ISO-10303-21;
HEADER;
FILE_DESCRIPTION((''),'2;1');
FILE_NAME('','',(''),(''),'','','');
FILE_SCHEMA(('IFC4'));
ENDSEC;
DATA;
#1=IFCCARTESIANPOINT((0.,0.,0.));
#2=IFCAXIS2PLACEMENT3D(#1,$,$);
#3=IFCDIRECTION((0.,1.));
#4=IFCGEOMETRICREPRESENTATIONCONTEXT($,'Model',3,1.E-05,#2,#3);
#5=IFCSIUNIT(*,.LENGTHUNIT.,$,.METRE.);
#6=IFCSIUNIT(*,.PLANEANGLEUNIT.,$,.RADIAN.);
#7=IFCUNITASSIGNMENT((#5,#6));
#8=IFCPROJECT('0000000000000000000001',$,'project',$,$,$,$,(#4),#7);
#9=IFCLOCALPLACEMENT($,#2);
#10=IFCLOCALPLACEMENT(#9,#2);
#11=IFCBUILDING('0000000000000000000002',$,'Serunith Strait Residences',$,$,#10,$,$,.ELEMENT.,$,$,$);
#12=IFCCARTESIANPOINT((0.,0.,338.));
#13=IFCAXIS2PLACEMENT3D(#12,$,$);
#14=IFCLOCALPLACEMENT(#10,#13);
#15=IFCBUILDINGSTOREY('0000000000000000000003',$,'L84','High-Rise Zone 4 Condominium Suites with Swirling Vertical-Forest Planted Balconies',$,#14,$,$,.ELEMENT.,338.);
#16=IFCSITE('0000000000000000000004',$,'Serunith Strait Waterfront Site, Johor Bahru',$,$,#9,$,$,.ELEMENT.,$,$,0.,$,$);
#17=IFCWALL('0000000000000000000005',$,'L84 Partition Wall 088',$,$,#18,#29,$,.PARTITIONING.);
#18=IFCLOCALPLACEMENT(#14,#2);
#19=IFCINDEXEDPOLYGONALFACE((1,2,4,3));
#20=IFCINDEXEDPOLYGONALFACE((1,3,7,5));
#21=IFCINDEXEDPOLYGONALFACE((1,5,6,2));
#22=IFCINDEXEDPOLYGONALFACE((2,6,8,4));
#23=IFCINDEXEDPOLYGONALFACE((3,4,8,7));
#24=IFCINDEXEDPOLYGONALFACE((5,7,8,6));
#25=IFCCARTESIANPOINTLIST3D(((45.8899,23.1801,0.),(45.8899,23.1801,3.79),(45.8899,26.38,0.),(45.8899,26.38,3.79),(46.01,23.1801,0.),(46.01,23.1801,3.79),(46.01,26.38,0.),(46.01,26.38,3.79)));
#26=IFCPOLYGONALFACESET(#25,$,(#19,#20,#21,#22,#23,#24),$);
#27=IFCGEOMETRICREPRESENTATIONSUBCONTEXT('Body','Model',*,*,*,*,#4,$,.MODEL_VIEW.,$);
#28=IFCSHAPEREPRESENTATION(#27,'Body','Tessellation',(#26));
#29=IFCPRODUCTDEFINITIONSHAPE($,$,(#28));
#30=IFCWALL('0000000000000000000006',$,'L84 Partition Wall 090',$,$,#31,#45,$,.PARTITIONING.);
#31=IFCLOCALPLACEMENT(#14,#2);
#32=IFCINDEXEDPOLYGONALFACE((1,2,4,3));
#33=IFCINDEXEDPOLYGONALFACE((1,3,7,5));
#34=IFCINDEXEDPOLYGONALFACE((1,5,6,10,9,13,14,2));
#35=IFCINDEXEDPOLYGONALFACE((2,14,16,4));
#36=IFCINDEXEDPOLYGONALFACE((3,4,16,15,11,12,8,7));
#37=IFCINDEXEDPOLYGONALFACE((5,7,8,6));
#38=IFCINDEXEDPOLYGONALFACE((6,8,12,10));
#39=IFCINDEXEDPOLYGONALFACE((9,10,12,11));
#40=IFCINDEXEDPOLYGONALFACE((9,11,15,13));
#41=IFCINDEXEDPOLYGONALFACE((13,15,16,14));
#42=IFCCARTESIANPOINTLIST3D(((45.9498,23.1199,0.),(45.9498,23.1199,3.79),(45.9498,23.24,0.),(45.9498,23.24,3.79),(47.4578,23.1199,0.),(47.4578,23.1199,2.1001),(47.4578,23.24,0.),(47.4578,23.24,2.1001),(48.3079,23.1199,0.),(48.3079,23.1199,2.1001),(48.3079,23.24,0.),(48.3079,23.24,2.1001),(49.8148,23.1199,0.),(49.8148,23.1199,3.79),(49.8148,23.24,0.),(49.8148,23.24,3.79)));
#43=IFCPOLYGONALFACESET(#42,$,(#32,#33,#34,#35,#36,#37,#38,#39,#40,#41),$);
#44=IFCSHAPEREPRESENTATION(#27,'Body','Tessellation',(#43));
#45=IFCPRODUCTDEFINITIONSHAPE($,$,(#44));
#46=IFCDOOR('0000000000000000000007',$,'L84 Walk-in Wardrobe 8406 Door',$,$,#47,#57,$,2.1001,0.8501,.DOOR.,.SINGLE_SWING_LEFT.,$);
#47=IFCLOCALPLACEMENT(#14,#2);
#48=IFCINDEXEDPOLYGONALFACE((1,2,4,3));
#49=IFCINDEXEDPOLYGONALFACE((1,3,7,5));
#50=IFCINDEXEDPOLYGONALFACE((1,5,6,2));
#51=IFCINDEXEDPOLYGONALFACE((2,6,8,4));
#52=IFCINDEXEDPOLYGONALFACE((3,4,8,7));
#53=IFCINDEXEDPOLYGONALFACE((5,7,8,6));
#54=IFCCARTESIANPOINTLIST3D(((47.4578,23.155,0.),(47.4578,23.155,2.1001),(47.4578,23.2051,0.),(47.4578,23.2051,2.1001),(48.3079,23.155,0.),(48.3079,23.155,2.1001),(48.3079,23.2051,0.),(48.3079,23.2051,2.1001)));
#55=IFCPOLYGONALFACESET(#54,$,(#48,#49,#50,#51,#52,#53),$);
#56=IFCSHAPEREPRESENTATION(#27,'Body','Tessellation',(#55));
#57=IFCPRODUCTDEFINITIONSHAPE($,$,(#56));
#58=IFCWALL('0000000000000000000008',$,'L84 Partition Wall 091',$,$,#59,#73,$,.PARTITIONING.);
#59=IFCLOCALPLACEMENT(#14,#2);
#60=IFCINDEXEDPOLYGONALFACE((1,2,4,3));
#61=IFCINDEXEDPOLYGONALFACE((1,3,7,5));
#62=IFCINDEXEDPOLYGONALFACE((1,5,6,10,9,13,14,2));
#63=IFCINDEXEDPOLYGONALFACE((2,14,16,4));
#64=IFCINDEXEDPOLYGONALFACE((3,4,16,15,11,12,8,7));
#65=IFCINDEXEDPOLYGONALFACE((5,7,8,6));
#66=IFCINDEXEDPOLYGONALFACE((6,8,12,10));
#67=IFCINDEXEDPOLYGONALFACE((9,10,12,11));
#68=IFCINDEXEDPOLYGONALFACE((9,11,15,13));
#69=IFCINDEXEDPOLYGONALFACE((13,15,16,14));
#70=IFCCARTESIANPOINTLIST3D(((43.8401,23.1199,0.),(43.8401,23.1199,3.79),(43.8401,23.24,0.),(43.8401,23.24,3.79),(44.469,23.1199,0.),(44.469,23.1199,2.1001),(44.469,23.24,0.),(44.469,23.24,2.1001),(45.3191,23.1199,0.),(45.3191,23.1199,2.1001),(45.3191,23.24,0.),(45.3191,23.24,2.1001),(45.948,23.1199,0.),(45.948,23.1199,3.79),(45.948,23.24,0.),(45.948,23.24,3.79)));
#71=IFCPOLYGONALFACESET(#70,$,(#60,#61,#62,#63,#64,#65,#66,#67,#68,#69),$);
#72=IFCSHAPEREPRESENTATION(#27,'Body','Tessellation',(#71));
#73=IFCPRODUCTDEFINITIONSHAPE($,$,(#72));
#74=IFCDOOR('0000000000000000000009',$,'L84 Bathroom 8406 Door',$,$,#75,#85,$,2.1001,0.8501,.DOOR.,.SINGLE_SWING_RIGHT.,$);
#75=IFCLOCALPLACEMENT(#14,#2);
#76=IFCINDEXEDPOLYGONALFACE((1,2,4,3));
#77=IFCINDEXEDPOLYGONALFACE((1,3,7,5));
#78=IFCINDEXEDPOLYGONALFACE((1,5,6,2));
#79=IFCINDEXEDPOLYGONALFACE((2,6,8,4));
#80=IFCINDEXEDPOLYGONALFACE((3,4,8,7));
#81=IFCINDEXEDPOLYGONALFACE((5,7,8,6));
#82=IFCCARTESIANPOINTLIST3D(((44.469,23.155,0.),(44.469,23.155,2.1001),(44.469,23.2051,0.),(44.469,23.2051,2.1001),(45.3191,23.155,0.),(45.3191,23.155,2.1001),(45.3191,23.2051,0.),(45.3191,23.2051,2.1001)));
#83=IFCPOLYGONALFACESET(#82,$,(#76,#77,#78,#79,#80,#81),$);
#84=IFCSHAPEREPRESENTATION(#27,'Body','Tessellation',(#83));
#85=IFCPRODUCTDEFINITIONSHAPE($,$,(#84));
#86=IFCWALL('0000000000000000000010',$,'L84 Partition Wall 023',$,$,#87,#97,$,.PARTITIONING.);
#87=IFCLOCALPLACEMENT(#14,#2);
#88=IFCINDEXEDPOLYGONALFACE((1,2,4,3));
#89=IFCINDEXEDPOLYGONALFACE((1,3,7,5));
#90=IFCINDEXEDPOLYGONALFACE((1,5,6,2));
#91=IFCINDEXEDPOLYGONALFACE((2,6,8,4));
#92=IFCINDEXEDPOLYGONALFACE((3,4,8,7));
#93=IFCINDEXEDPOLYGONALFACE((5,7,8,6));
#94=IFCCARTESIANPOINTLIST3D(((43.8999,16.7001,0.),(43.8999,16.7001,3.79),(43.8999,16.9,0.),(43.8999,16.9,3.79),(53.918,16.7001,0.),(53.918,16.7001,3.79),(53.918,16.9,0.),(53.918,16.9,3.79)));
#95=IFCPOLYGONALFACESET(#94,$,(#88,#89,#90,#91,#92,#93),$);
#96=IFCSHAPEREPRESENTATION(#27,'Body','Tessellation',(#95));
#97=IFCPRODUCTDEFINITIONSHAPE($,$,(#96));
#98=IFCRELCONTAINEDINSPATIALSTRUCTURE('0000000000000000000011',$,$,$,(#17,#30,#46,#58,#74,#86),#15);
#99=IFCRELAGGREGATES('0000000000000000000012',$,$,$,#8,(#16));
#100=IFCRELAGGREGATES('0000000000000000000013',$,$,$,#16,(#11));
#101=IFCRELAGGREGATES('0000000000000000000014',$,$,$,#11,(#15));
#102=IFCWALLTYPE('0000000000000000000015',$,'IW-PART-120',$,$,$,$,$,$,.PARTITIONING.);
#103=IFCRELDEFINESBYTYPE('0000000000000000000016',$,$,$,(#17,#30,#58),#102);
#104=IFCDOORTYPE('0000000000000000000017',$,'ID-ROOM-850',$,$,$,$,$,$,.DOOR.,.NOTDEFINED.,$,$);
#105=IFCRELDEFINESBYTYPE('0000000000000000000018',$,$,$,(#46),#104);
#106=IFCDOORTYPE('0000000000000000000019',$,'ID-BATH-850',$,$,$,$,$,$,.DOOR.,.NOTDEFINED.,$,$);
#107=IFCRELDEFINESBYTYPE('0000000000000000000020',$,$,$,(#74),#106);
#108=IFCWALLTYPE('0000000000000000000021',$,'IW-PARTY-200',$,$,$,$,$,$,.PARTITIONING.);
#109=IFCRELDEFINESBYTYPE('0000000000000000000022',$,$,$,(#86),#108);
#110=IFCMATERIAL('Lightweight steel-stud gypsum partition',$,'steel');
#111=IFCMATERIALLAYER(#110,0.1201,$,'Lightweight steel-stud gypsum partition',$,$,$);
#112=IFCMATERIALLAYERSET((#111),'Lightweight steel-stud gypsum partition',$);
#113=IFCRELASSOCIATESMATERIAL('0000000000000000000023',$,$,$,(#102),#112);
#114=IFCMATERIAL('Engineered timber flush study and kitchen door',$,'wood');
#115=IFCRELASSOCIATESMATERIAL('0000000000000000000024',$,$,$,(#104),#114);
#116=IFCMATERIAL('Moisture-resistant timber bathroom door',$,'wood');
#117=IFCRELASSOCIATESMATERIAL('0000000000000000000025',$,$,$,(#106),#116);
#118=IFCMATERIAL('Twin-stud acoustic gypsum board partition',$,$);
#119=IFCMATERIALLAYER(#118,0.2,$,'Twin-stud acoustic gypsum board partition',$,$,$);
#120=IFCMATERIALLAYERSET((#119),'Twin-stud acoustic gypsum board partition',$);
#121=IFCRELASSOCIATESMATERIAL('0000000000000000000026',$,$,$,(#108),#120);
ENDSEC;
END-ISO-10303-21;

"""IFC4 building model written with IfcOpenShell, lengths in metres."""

from ifc_helpers import new_model, si_unit, direction, frame, frame_2d, origin, place, context, subcontext, project, spatial, rectangle, extrude, source, transform, mapped, material, layer, layer_set, type_object, element, fill, save


model = new_model("IFC4")

# Units and contexts
model_context = context("Model", 3, precision=1e-05, world=origin(), true_north=direction((0.0, 1.0)))
body_context = subcontext(model_context, "Body", "Model", "MODEL_VIEW")
ifc_project = project(units=[si_unit("LENGTHUNIT", "METRE"), si_unit("PLANEANGLEUNIT", "RADIAN")], contexts=[model_context])

# Site, building, storey
site_placement = place(None, origin())
site = spatial("IfcSite", under=ifc_project, at=site_placement, Name="Serunith Strait Waterfront Site, Johor Bahru", CompositionType="ELEMENT", RefElevation=0.0)
building_placement = place(site_placement, origin())
building = spatial("IfcBuilding", under=site, at=building_placement, Name="Serunith Strait Residences", CompositionType="ELEMENT")
storey_placement = place(building_placement, frame((0.0, 0.0, 338.0)))
storey = spatial("IfcBuildingStorey", under=building, at=storey_placement, Name="L84", Description="High-Rise Zone 4 Condominium Suites with Swirling Vertical-Forest Planted Balconies", CompositionType="ELEMENT", Elevation=338.0)

# Shared definitions
ifc_material_1 = material(Name="Lightweight steel-stud gypsum partition", Category="steel")
ifc_layer_1 = layer(ifc_material_1, 0.1201, Name="Lightweight steel-stud gypsum partition")
ifc_layer_set_1 = layer_set([ifc_layer_1], Name="Lightweight steel-stud gypsum partition")
wall_type_1 = type_object("IfcWallType", Name="IW-PART-120", PredefinedType="PARTITIONING", material=ifc_layer_set_1)

# Shared definitions
ifc_material_2 = material(Name="Engineered timber flush study and kitchen door", Category="wood")
door_type_1 = type_object("IfcDoorType", Name="ID-ROOM-850", OperationType="NOTDEFINED", PredefinedType="DOOR", material=ifc_material_2)
shared_shape_1 = source(origin(), body_context, "Body", "SweptSolid", [
    extrude(rectangle(XDim=0.8501, YDim=2.1001, at=frame_2d((0.425, 1.05))), frame((0.0, 0.0249, 0.0), z_axis=(0.0, -1.0, 0.0), x_axis=(1.0, 0.0, 0.0)), (0.0, 0.0, 1.0), 0.05),
])

# Wall
wall_1_placement = place(storey_placement, frame((45.95, 23.1799, 0.0), z_axis=(0.0, 0.0, 1.0), x_axis=(0.0, 1.0, 0.0)))
element("IfcWall", 1, at=wall_1_placement, inside=storey, type_object=wall_type_1, Name="L84 Partition Wall 088", PredefinedType="PARTITIONING", context=body_context, shape_type="SweptSolid", body=[
    extrude(rectangle(XDim=3.2, YDim=0.1201, at=frame_2d((1.6001, 0.0))), origin(), (0.0, 0.0, 1.0), 3.79),
])

# Walls, openings, doors
wall_2_placement = place(storey_placement, frame((49.8149, 23.1799, 0.0), z_axis=(0.0, 0.0, 1.0), x_axis=(-1.0, 0.0, 0.0)))
wall_2 = element("IfcWall", 2, at=wall_2_placement, inside=storey, type_object=wall_type_1, Name="L84 Partition Wall 090", PredefinedType="PARTITIONING", context=body_context, shape_type="SweptSolid", body=[
    extrude(rectangle(XDim=3.865, YDim=0.1201, at=frame_2d((1.9326, 0.0))), origin(), (0.0, 0.0, 1.0), 3.79),
])
opening_1_placement = place(wall_2_placement, frame((1.5071, 0.0, 0.0)))
opening_1 = element("IfcOpeningElement", 3, at=opening_1_placement, cuts=wall_2, PredefinedType="OPENING", context=body_context, shape_type="SweptSolid", body=[
    extrude(rectangle(XDim=0.8501, YDim=2.1001, at=frame_2d((0.425, 1.05))), frame((0.0, 0.0701, 0.0), z_axis=(0.0, -1.0, 0.0), x_axis=(1.0, 0.0, 0.0)), (0.0, 0.0, 1.0), 0.1401),
])
door_1_placement = place(opening_1_placement, origin())
door_1 = element("IfcDoor", 4, at=door_1_placement, inside=storey, type_object=door_type_1, Name="L84 Walk-in Wardrobe 8406 Door", OperationType="SINGLE_SWING_LEFT", OverallHeight=2.1001, OverallWidth=0.8501, PredefinedType="DOOR", context=body_context, shape_type="MappedRepresentation", body=[
    mapped(shared_shape_1, transform((0.0, 0.0, 0.0), scale=1.0)),
])
fill(opening_1, door_1)
wall_3_placement = place(storey_placement, frame((45.948, 23.1799, 0.0), z_axis=(0.0, 0.0, 1.0), x_axis=(-1.0, 0.0, 0.0)))
wall_3 = element("IfcWall", 5, at=wall_3_placement, inside=storey, type_object=wall_type_1, Name="L84 Partition Wall 091", PredefinedType="PARTITIONING", context=body_context, shape_type="SweptSolid", body=[
    extrude(rectangle(XDim=2.1079, YDim=0.1201, at=frame_2d((1.054, 0.0))), origin(), (0.0, 0.0, 1.0), 3.79),
])
opening_2_placement = place(wall_3_placement, frame((0.6289, 0.0, 0.0)))
opening_2 = element("IfcOpeningElement", 6, at=opening_2_placement, cuts=wall_3, PredefinedType="OPENING", context=body_context, shape_type="SweptSolid", body=[
    extrude(rectangle(XDim=0.8501, YDim=2.1001, at=frame_2d((0.425, 1.05))), frame((0.0, 0.0701, 0.0), z_axis=(0.0, -1.0, 0.0), x_axis=(1.0, 0.0, 0.0)), (0.0, 0.0, 1.0), 0.1401),
])
ifc_material_3 = material(Name="Moisture-resistant timber bathroom door", Category="wood")
door_type_2 = type_object("IfcDoorType", Name="ID-BATH-850", OperationType="NOTDEFINED", PredefinedType="DOOR", material=ifc_material_3)
door_2_placement = place(opening_2_placement, origin())
door_2 = element("IfcDoor", 7, at=door_2_placement, inside=storey, type_object=door_type_2, Name="L84 Bathroom 8406 Door", OperationType="SINGLE_SWING_RIGHT", OverallHeight=2.1001, OverallWidth=0.8501, PredefinedType="DOOR", context=body_context, shape_type="MappedRepresentation", body=[
    mapped(shared_shape_1, transform((0.0, 0.0, 0.0), scale=1.0)),
])
fill(opening_2, door_2)

# Wall
ifc_material_4 = material(Name="Twin-stud acoustic gypsum board partition")
ifc_layer_2 = layer(ifc_material_4, 0.2, Name="Twin-stud acoustic gypsum board partition")
ifc_layer_set_2 = layer_set([ifc_layer_2], Name="Twin-stud acoustic gypsum board partition")
wall_type_2 = type_object("IfcWallType", Name="IW-PARTY-200", PredefinedType="PARTITIONING", material=ifc_layer_set_2)
wall_4_placement = place(storey_placement, frame((43.8999, 16.8, 0.0), z_axis=(0.0, 0.0, 1.0), x_axis=(1.0, 0.0, 0.0)))
element("IfcWall", 8, at=wall_4_placement, inside=storey, type_object=wall_type_2, Name="L84 Partition Wall 023", PredefinedType="PARTITIONING", context=body_context, shape_type="SweptSolid", body=[
    extrude(rectangle(XDim=10.0181, YDim=0.2, at=frame_2d((5.009, 0.0))), origin(), (0.0, 0.0, 1.0), 3.79),
])

save(model, "model.ifc")
